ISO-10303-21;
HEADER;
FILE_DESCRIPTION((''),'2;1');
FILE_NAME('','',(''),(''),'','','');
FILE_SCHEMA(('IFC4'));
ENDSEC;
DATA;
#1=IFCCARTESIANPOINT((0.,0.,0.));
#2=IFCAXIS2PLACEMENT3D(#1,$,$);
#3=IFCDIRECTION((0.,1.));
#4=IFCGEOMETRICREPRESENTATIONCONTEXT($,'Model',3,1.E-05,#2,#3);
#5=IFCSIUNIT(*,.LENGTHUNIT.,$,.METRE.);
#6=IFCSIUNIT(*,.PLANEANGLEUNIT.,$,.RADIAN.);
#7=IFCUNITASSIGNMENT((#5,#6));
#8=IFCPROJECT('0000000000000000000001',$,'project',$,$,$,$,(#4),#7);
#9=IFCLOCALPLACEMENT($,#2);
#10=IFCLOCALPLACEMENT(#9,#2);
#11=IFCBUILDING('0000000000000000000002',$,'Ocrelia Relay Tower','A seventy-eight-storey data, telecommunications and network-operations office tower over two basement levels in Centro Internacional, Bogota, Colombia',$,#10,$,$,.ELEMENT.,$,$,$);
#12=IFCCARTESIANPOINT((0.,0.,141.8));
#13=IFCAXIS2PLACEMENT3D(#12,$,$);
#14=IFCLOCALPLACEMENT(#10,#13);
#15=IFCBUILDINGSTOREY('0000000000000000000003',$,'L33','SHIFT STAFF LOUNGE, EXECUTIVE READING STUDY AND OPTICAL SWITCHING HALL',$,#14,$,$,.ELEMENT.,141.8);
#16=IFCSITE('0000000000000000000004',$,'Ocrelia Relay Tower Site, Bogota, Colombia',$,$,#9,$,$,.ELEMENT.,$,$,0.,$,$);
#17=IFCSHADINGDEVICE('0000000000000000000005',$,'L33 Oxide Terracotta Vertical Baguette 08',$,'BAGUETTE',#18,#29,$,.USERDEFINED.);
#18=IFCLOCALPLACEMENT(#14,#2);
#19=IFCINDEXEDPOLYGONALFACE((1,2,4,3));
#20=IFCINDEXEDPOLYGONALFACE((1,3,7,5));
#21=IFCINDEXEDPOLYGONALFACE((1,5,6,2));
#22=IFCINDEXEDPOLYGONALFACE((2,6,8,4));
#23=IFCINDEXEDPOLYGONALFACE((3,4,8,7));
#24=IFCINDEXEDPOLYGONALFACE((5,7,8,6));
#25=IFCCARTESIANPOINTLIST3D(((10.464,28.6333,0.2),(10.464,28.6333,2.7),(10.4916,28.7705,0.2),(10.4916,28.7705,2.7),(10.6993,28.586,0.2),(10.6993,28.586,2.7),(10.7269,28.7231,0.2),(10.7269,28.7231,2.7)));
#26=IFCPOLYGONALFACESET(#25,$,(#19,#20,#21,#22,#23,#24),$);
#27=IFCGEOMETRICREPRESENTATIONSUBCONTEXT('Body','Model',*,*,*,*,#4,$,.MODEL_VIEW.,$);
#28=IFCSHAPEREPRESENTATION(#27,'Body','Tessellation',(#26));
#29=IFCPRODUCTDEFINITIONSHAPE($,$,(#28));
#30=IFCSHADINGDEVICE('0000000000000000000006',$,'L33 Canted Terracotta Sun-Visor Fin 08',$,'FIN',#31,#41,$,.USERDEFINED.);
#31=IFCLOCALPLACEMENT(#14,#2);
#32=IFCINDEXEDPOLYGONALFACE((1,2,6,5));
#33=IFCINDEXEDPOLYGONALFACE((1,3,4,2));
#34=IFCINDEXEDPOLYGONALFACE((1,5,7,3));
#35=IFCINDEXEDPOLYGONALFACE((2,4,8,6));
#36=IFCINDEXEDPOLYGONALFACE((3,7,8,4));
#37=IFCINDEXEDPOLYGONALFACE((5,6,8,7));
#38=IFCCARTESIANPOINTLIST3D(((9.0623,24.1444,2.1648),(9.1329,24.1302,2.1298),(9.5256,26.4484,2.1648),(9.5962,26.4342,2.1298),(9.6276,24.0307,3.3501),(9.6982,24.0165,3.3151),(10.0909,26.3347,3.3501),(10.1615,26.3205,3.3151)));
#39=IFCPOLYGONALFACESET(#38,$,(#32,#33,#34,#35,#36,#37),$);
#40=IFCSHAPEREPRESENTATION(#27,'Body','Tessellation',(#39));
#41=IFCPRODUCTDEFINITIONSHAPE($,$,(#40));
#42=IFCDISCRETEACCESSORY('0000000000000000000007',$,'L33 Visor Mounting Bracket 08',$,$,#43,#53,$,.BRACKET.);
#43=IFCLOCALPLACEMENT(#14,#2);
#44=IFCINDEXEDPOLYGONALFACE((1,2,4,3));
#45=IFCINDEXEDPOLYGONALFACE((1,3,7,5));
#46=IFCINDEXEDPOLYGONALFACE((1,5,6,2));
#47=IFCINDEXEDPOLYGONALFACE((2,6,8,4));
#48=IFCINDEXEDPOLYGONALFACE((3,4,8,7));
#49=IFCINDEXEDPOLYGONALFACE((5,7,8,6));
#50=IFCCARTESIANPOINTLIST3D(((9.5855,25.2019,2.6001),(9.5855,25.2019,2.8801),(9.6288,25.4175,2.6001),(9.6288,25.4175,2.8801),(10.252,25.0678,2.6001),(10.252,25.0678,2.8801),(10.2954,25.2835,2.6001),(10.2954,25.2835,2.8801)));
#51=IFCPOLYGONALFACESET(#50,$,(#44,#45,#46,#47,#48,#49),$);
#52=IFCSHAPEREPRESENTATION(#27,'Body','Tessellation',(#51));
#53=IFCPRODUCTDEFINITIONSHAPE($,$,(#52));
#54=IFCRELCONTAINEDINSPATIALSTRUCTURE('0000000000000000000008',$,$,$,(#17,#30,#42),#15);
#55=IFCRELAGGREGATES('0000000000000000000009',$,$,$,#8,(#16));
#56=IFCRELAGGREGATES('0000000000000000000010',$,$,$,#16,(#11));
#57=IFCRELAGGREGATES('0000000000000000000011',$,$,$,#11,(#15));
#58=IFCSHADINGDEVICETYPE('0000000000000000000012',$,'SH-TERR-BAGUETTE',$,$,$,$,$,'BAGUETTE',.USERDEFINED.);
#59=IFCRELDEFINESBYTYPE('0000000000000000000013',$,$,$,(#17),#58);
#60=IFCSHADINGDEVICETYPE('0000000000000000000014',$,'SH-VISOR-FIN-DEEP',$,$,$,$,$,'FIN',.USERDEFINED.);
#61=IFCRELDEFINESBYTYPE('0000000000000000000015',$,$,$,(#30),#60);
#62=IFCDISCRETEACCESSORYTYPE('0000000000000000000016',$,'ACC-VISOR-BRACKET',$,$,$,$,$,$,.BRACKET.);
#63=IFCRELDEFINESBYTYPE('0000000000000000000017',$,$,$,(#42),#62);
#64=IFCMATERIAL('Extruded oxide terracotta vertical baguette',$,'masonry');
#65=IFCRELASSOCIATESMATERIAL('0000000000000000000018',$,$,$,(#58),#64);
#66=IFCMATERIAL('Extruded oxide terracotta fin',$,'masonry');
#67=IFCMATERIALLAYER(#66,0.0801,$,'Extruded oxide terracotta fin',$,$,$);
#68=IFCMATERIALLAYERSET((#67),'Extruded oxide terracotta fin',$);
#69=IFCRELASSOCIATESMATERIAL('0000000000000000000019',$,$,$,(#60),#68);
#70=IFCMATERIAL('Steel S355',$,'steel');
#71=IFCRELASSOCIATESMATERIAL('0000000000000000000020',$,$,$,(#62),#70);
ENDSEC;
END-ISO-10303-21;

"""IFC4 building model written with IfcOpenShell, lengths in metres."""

from ifc_helpers import new_model, si_unit, direction, frame, origin, origin_2d, place, context, subcontext, project, spatial, rectangle, extrude, material, layer, layer_set, type_object, element, save


model = new_model("IFC4")

# Units and contexts
model_context = context("Model", 3, precision=1e-05, world=origin(), true_north=direction((0.0, 1.0)))
body_context = subcontext(model_context, "Body", "Model", "MODEL_VIEW")
ifc_project = project(units=[si_unit("LENGTHUNIT", "METRE"), si_unit("PLANEANGLEUNIT", "RADIAN")], contexts=[model_context])

# Site, building, storey
site_placement = place(None, origin())
site = spatial("IfcSite", under=ifc_project, at=site_placement, Name="Ocrelia Relay Tower Site, Bogota, Colombia", CompositionType="ELEMENT", RefElevation=0.0)
building_placement = place(site_placement, origin())
building = spatial("IfcBuilding", under=site, at=building_placement, Name="Ocrelia Relay Tower", Description="A seventy-eight-storey data, telecommunications and network-operations office tower over two basement levels in Centro Internacional, Bogota, Colombia", CompositionType="ELEMENT")
storey_placement = place(building_placement, frame((0.0, 0.0, 141.8)))
storey = spatial("IfcBuildingStorey", under=building, at=storey_placement, Name="L33", Description="SHIFT STAFF LOUNGE, EXECUTIVE READING STUDY AND OPTICAL SWITCHING HALL", CompositionType="ELEMENT", Elevation=141.8)

# Shared definitions
ifc_material_1 = material(Name="Steel S355", Category="steel")

# Shading devices
ifc_material_2 = material(Name="Extruded oxide terracotta vertical baguette", Category="masonry")
shading_device_type_1 = type_object("IfcShadingDeviceType", Name="SH-TERR-BAGUETTE", ElementType="BAGUETTE", PredefinedType="USERDEFINED", material=ifc_material_2)
shading_device_1_placement = place(storey_placement, frame((10.5955, 28.6782, 0.2), z_axis=(0.0, 0.0, 1.0), x_axis=(-0.197134, -0.980376, 0.0)))
element("IfcShadingDevice", 1, at=shading_device_1_placement, inside=storey, type_object=shading_device_type_1, Name="L33 Oxide Terracotta Vertical Baguette 08", ObjectType="BAGUETTE", PredefinedType="USERDEFINED", context=body_context, shape_type="SweptSolid", body=[
    extrude(rectangle(XDim=0.1399, YDim=0.24, at=origin_2d()), origin(), (0.0, 0.0, 1.0), 2.5),
])
ifc_material_3 = material(Name="Extruded oxide terracotta fin", Category="masonry")
ifc_layer_1 = layer(ifc_material_3, 0.0801, Name="Extruded oxide terracotta fin")
ifc_layer_set_1 = layer_set([ifc_layer_1], Name="Extruded oxide terracotta fin")
shading_device_type_2 = type_object("IfcShadingDeviceType", Name="SH-VISOR-FIN-DEEP", ElementType="FIN", PredefinedType="USERDEFINED", material=ifc_layer_set_1)
shading_device_2_placement = place(storey_placement, frame((9.6472, 25.2253, 2.7224), z_axis=(-0.881606, 0.177274, 0.43743), x_axis=(-0.197134, -0.980376, 0.0)))
element("IfcShadingDevice", 2, at=shading_device_2_placement, inside=storey, type_object=shading_device_type_2, Name="L33 Canted Terracotta Sun-Visor Fin 08", ObjectType="FIN", PredefinedType="USERDEFINED", context=body_context, shape_type="SweptSolid", body=[
    extrude(rectangle(XDim=2.3501, YDim=1.3181, at=origin_2d()), origin(), (0.0, 0.0, 1.0), 0.0801),
])

# Discrete accessory
discrete_accessory_type = type_object("IfcDiscreteAccessoryType", Name="ACC-VISOR-BRACKET", PredefinedType="BRACKET", material=ifc_material_1)
discrete_accessory_placement = place(storey_placement, frame((9.9404, 25.2427, 2.6001), z_axis=(0.0, 0.0, 1.0), x_axis=(-0.197134, -0.980376, 0.0)))
element("IfcDiscreteAccessory", 3, at=discrete_accessory_placement, inside=storey, type_object=discrete_accessory_type, Name="L33 Visor Mounting Bracket 08", PredefinedType="BRACKET", context=body_context, shape_type="SweptSolid", body=[
    extrude(rectangle(XDim=0.22, YDim=0.6799, at=origin_2d()), origin(), (0.0, 0.0, 1.0), 0.28),
])

save(model, "model.ifc")
